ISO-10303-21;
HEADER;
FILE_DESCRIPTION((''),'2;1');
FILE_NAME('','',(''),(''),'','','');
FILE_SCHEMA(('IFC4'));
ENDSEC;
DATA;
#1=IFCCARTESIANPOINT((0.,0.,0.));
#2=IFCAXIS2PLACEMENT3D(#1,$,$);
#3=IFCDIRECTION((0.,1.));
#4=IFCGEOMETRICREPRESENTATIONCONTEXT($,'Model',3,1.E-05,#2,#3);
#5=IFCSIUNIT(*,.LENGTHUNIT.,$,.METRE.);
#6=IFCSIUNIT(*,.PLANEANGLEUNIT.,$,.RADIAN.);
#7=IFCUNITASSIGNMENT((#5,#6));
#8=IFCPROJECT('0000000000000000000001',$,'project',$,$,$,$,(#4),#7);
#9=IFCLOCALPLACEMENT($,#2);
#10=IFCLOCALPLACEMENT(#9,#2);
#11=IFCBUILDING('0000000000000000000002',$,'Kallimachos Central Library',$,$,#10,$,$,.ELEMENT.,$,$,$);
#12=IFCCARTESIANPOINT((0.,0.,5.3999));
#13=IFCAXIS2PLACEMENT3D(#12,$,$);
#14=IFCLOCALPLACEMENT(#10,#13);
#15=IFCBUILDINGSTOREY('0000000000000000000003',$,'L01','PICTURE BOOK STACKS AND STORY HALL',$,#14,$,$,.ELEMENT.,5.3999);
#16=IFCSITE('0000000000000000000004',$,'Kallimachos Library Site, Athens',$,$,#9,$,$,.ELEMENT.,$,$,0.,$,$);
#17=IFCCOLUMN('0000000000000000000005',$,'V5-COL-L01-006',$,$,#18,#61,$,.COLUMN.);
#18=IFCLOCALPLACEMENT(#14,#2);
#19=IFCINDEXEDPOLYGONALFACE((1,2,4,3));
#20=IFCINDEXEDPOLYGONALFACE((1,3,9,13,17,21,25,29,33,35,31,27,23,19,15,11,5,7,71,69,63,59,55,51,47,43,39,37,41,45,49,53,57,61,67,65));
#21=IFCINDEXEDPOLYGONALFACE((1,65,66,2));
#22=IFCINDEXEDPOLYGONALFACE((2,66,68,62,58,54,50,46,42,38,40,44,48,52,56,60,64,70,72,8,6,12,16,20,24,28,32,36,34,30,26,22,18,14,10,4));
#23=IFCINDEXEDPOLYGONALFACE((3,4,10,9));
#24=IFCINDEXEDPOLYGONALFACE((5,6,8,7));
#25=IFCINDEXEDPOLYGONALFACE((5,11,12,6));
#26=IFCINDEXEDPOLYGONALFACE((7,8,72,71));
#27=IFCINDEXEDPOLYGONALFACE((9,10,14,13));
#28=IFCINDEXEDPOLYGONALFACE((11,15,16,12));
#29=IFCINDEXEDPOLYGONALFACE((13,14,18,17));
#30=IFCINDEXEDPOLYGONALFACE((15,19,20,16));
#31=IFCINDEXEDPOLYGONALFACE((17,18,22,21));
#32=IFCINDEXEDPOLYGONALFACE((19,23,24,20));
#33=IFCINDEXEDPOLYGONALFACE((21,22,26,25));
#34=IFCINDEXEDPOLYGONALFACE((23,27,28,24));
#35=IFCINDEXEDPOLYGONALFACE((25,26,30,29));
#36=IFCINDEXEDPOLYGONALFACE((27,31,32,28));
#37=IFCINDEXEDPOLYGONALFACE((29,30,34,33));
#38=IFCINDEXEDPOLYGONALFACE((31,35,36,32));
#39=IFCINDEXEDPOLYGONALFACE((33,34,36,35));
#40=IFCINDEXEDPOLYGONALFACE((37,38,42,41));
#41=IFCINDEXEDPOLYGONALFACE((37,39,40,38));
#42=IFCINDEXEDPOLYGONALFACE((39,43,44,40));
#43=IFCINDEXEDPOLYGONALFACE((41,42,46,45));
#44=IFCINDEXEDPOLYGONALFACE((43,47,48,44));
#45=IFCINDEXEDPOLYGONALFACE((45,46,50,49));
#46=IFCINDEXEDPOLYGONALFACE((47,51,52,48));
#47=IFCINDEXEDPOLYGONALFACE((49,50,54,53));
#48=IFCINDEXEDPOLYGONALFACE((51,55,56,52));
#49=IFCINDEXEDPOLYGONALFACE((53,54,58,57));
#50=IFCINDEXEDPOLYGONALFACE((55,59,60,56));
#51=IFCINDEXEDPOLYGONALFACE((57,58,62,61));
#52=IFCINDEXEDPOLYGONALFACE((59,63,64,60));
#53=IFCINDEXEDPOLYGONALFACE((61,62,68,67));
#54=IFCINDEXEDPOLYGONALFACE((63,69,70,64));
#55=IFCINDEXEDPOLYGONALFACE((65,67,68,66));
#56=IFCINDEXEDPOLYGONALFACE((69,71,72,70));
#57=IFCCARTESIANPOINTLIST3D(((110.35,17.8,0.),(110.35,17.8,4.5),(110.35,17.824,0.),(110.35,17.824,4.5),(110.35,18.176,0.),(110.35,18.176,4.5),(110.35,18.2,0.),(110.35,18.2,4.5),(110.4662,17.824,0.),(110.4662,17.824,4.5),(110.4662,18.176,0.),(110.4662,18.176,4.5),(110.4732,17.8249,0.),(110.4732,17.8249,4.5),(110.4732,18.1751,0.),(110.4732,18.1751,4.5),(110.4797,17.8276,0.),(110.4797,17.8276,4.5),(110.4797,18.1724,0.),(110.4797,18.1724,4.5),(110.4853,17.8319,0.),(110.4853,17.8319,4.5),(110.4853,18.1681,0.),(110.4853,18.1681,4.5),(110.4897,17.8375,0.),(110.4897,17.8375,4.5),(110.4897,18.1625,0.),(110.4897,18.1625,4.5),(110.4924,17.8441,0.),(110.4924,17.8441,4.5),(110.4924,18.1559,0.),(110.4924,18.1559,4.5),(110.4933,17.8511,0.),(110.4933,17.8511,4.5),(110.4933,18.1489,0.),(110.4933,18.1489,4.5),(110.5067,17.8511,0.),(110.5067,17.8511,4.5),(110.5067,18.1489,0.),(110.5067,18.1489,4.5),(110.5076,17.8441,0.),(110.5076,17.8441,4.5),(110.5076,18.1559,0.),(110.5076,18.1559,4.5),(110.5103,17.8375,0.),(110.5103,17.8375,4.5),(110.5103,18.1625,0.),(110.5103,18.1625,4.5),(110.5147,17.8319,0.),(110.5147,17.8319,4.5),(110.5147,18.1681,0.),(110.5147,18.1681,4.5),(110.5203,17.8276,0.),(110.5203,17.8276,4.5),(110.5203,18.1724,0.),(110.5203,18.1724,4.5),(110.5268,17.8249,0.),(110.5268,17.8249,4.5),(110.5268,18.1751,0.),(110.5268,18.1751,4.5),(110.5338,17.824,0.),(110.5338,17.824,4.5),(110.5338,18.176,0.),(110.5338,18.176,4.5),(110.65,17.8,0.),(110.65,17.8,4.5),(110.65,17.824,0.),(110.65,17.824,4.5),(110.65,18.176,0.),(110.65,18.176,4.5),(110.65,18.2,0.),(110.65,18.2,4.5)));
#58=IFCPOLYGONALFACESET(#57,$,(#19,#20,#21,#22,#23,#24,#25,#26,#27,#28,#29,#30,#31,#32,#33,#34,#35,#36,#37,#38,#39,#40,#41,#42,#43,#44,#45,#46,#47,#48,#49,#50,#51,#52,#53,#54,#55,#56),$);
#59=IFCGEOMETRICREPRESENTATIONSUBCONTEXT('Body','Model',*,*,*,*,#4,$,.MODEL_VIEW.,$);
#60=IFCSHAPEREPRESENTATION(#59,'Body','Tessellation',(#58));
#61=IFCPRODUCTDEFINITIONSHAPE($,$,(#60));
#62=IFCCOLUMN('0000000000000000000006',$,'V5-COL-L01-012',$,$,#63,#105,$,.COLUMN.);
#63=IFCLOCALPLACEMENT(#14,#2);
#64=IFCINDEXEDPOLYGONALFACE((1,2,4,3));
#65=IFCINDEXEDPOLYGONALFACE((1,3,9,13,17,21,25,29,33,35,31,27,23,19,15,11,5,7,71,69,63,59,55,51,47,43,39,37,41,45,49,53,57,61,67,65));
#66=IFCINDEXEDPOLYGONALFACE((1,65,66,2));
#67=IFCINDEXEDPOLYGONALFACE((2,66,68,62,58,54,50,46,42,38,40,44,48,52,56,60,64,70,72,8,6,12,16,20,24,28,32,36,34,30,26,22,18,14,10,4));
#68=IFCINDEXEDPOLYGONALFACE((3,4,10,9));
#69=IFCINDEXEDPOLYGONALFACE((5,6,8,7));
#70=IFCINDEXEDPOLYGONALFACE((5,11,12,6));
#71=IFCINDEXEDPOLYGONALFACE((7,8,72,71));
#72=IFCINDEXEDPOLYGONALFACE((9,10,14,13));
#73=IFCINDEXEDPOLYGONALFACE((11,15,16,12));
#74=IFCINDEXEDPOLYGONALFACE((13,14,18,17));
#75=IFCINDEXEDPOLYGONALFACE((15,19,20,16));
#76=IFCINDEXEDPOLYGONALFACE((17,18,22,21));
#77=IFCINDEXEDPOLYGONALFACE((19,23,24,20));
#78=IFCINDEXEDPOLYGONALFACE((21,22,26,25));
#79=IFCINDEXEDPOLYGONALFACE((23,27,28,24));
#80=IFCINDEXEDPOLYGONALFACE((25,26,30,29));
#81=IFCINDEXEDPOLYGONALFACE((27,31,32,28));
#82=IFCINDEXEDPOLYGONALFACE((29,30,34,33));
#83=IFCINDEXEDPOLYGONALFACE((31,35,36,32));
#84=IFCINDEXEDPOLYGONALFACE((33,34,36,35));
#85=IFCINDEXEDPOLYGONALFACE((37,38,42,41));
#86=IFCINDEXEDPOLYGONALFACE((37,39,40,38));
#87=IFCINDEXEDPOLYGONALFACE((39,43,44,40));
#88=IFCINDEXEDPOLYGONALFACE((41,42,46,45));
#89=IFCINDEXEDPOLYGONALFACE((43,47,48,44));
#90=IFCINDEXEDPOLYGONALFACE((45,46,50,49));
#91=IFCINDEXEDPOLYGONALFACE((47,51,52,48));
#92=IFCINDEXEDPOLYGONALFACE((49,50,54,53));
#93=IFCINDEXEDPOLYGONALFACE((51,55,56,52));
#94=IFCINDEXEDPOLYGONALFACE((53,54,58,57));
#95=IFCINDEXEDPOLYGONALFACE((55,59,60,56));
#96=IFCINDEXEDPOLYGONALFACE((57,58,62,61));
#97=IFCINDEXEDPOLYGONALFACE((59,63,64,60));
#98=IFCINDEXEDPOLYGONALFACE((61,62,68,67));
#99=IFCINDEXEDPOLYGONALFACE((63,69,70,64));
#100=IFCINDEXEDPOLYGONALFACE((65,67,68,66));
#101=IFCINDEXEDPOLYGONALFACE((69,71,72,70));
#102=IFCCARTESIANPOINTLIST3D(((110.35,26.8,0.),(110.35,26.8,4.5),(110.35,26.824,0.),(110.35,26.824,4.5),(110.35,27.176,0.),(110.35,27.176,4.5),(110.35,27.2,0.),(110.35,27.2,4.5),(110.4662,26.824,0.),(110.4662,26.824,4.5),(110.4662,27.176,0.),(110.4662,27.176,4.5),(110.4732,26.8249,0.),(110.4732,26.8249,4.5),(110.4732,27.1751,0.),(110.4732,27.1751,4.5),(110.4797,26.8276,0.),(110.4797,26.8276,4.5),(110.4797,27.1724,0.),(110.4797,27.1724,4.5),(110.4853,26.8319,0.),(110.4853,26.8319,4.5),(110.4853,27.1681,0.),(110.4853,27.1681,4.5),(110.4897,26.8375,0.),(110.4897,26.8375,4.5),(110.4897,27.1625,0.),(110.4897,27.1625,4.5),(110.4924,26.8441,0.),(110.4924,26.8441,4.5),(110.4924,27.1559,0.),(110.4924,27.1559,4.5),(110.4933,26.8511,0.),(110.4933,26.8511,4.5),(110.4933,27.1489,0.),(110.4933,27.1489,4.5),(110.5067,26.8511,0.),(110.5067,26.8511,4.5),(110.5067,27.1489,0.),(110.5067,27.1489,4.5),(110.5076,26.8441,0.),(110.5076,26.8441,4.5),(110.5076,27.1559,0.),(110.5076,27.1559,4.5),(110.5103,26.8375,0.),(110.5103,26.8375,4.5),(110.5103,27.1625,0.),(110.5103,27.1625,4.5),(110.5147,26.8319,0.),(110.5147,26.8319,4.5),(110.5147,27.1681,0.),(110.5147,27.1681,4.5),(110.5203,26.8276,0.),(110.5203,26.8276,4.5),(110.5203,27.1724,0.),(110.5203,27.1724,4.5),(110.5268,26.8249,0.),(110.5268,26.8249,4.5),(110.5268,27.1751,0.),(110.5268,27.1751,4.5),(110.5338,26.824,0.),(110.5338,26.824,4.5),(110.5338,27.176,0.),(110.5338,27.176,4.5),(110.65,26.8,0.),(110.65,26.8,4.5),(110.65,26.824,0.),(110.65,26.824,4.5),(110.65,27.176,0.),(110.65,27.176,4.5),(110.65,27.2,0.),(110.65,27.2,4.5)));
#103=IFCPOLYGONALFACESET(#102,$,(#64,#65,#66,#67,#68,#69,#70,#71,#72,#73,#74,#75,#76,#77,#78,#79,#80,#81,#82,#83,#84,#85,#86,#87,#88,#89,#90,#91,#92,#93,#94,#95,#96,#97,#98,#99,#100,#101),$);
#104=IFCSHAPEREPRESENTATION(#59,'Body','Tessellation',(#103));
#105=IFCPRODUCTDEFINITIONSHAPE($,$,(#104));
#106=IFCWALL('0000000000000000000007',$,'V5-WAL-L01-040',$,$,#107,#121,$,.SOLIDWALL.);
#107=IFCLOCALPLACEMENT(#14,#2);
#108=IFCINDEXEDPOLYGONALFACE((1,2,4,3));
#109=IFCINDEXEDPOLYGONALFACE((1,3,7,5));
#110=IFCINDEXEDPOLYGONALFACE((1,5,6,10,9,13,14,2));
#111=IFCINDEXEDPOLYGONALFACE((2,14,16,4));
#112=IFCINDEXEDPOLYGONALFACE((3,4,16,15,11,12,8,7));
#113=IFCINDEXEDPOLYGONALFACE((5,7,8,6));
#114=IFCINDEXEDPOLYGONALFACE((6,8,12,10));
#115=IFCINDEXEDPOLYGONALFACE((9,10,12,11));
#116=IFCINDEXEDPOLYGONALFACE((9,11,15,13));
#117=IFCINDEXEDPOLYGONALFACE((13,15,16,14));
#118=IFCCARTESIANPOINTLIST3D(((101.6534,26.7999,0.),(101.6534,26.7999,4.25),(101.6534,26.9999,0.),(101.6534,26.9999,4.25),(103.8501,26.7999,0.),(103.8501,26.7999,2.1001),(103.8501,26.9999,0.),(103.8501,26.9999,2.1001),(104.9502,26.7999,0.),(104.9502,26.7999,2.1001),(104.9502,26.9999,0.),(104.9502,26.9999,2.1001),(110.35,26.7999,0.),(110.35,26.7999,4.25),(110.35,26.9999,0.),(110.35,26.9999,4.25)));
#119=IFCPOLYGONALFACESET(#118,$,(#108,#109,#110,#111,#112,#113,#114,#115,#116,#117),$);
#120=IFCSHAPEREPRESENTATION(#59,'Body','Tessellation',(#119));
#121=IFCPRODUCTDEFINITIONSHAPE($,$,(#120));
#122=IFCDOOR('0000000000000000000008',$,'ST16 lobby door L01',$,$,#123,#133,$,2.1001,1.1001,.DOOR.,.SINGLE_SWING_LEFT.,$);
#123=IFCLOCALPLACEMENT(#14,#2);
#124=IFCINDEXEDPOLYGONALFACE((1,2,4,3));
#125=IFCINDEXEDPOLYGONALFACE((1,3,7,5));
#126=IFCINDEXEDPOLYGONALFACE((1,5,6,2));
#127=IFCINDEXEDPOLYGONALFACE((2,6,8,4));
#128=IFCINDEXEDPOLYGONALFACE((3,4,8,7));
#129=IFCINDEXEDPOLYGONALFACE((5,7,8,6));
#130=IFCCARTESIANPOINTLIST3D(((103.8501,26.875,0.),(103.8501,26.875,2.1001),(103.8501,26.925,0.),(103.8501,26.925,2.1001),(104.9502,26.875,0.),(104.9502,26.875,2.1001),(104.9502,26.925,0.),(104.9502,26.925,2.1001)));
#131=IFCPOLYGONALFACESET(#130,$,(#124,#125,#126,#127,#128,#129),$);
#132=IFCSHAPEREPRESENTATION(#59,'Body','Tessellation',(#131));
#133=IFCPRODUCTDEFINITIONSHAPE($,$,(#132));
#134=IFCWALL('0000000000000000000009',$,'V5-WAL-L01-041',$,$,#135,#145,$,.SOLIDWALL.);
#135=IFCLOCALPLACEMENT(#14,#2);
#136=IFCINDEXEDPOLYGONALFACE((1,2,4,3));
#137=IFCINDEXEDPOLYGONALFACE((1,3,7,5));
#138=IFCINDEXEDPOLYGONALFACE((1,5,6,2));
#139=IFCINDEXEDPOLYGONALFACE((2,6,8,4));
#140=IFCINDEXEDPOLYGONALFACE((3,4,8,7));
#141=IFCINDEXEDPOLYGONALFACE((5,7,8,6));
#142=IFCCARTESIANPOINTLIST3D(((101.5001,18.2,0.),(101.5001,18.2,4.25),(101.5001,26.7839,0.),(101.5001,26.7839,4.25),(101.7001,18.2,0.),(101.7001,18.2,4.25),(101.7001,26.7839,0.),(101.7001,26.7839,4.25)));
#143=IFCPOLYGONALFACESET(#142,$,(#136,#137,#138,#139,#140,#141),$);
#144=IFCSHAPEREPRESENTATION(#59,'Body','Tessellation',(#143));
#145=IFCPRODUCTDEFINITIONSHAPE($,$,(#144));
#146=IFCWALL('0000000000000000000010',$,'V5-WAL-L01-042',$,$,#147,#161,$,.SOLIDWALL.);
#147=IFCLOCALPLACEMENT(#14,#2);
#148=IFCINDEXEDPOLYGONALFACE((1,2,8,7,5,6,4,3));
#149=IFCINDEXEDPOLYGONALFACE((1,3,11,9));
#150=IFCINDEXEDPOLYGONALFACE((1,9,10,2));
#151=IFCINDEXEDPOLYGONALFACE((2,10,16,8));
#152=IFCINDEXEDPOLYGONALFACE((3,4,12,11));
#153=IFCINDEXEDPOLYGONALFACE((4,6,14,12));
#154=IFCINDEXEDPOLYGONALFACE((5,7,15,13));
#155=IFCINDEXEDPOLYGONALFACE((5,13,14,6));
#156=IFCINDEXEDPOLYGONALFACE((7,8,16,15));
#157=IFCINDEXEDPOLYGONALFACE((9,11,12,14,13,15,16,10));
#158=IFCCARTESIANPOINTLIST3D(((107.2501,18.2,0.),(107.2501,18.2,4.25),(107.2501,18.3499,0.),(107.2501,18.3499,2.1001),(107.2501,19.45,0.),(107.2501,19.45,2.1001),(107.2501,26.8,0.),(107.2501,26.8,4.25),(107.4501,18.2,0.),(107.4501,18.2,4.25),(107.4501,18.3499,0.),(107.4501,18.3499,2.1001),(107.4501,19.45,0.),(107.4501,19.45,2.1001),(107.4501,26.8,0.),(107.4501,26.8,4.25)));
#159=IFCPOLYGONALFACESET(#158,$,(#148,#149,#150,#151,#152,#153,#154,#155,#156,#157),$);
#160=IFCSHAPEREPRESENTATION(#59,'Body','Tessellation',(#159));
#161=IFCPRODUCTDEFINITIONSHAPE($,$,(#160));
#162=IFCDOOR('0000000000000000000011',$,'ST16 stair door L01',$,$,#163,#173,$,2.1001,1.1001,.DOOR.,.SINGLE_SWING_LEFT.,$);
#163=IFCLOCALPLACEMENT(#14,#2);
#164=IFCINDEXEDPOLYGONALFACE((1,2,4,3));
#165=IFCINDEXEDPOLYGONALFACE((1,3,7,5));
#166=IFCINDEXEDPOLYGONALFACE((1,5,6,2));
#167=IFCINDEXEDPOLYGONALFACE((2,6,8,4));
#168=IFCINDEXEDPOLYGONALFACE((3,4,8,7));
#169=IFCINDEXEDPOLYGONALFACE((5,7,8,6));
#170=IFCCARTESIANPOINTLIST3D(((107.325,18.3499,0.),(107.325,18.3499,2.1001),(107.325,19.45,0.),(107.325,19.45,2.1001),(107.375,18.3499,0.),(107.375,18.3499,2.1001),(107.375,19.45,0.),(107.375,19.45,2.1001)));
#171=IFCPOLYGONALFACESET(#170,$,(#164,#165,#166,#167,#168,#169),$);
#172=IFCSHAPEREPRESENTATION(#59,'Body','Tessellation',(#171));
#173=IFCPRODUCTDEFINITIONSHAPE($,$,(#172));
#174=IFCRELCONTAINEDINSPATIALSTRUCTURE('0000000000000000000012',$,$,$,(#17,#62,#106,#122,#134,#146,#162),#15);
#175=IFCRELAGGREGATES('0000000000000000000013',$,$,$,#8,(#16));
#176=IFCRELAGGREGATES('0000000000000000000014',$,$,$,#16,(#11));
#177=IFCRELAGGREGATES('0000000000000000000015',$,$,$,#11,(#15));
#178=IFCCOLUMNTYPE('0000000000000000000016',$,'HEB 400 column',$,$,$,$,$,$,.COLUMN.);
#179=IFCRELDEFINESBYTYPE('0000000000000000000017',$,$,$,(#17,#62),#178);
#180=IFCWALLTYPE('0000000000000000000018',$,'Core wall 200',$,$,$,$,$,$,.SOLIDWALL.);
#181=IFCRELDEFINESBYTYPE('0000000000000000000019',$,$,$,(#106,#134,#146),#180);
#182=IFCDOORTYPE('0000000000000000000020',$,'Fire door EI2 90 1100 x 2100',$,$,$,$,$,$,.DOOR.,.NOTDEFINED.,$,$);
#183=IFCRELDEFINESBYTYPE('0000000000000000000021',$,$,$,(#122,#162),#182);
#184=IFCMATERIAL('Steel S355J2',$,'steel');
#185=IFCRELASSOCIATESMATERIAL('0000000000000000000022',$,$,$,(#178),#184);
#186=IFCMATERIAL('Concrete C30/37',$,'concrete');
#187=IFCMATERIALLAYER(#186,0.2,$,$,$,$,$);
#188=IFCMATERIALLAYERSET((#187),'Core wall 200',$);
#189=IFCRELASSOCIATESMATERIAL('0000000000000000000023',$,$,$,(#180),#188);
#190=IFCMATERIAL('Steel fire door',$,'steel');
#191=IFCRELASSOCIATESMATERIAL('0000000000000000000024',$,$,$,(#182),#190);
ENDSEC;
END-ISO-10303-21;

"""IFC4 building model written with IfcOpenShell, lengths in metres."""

from ifc_helpers import new_model, si_unit, direction, frame, frame_2d, origin, origin_2d, place, context, subcontext, project, spatial, rectangle, i_section, extrude, material, layer, layer_set, material_profile, profile_set, type_object, element, fill, save


model = new_model("IFC4")

# Units and contexts
model_context = context("Model", 3, precision=1e-05, world=origin(), true_north=direction((0.0, 1.0)))
body_context = subcontext(model_context, "Body", "Model", "MODEL_VIEW")
ifc_project = project(units=[si_unit("LENGTHUNIT", "METRE"), si_unit("PLANEANGLEUNIT", "RADIAN")], contexts=[model_context])

# Site, building, storey
site_placement = place(None, origin())
site = spatial("IfcSite", under=ifc_project, at=site_placement, Name="Kallimachos Library Site, Athens", CompositionType="ELEMENT", RefElevation=0.0)
building_placement = place(site_placement, origin())
building = spatial("IfcBuilding", under=site, at=building_placement, Name="Kallimachos Central Library", CompositionType="ELEMENT")
storey_placement = place(building_placement, frame((0.0, 0.0, 5.3999)))
storey = spatial("IfcBuildingStorey", under=building, at=storey_placement, Name="L01", Description="PICTURE BOOK STACKS AND STORY HALL", CompositionType="ELEMENT", Elevation=5.3999)

# Columns
ifc_material_1 = material(Name="Steel S355J2", Category="steel")
ifc_material_profile = material_profile(ifc_material_1, i_section(OverallWidth=0.3, OverallDepth=0.3999, WebThickness=0.0134, FlangeThickness=0.0239, FilletRadius=0.0271, at=origin_2d()), Name="HEB 400")
ifc_profile_set = profile_set([ifc_material_profile], Name="Steel S355J2")
column_type = type_object("IfcColumnType", Name="HEB 400 column", PredefinedType="COLUMN", material=ifc_profile_set)
for number, where, z_axis, x_axis, name in (
    (1, (110.5, 18.0, 0.0), (0.0, 0.0, 1.0), (1.0, 0.0, 0.0), "V5-COL-L01-006"),
    (2, (110.5, 27.0, 0.0), (0.0, 0.0, 1.0), (1.0, 0.0, 0.0), "V5-COL-L01-012"),
):
    element("IfcColumn", number, at=place(storey_placement, frame(where, z_axis=z_axis, x_axis=x_axis)), inside=storey, type_object=column_type, Name=name, PredefinedType="COLUMN", context=body_context, shape_type="SweptSolid", body=[
        extrude(i_section(OverallWidth=0.3, OverallDepth=0.3999, WebThickness=0.0134, FlangeThickness=0.0239, FilletRadius=0.0271, at=origin_2d()), origin(), (0.0, 0.0, 1.0), 4.5),
    ])

# Wall, opening, door
ifc_material_2 = material(Name="Concrete C30/37", Category="concrete")
ifc_layer_1 = layer(ifc_material_2, 0.2)
ifc_layer_set_1 = layer_set([ifc_layer_1], Name="Core wall 200")
wall_type_1 = type_object("IfcWallType", Name="Core wall 200", PredefinedType="SOLIDWALL", material=ifc_layer_set_1)
wall_1_placement = place(storey_placement, frame((101.6536, 26.8999, 0.0), z_axis=(0.0, 0.0, 1.0), x_axis=(1.0, 0.0, 0.0)))
wall_1 = element("IfcWall", 3, at=wall_1_placement, inside=storey, type_object=wall_type_1, Name="V5-WAL-L01-040", PredefinedType="SOLIDWALL", context=body_context, shape_type="SweptSolid", body=[
    extrude(rectangle(XDim=8.6965, YDim=0.2, at=frame_2d((4.3481, 0.0))), origin(), (0.0, 0.0, 1.0), 4.25),
])
opening_1_placement = place(wall_1_placement, frame((2.1965, 0.0, 0.0)))
opening_1 = element("IfcOpeningElement", 4, at=opening_1_placement, cuts=wall_1, PredefinedType="OPENING", context=body_context, shape_type="SweptSolid", body=[
    extrude(rectangle(XDim=1.1001, YDim=2.1001, at=frame_2d((0.55, 1.05))), frame((0.0, 0.1099, 0.0), z_axis=(0.0, -1.0, 0.0), x_axis=(1.0, 0.0, 0.0)), (0.0, 0.0, 1.0), 0.22),
])
ifc_material_3 = material(Name="Steel fire door", Category="steel")
door_type = type_object("IfcDoorType", Name="Fire door EI2 90 1100 x 2100", OperationType="NOTDEFINED", PredefinedType="DOOR", material=ifc_material_3)
door_1_placement = place(opening_1_placement, frame((1.1001, 0.0, 0.0), z_axis=(0.0, 0.0, 1.0), x_axis=(-1.0, 0.0, 0.0)))
door_1 = element("IfcDoor", 5, at=door_1_placement, inside=storey, type_object=door_type, Name="ST16 lobby door L01", OperationType="SINGLE_SWING_LEFT", OverallHeight=2.1001, OverallWidth=1.1001, PredefinedType="DOOR", context=body_context, shape_type="SweptSolid", body=[
    extrude(rectangle(XDim=1.1001, YDim=2.1001, at=frame_2d((0.55, 1.05))), frame((0.0, 0.0249, 0.0), z_axis=(0.0, -1.0, 0.0), x_axis=(1.0, 0.0, 0.0)), (0.0, 0.0, 1.0), 0.05),
])
fill(opening_1, door_1)

# Wall
wall_2_placement = place(storey_placement, frame((101.6001, 18.2, 0.0), z_axis=(0.0, 0.0, 1.0), x_axis=(0.0, 1.0, 0.0)))
element("IfcWall", 6, at=wall_2_placement, inside=storey, type_object=wall_type_1, Name="V5-WAL-L01-041", PredefinedType="SOLIDWALL", context=body_context, shape_type="SweptSolid", body=[
    extrude(rectangle(XDim=8.584, YDim=0.2, at=frame_2d((4.292, 0.0))), origin(), (0.0, 0.0, 1.0), 4.25),
])

# Wall, opening, door
wall_3_placement = place(storey_placement, frame((107.3501, 18.2, 0.0), z_axis=(0.0, 0.0, 1.0), x_axis=(0.0, 1.0, 0.0)))
wall_3 = element("IfcWall", 7, at=wall_3_placement, inside=storey, type_object=wall_type_1, Name="V5-WAL-L01-042", PredefinedType="SOLIDWALL", context=body_context, shape_type="SweptSolid", body=[
    extrude(rectangle(XDim=8.6001, YDim=0.2, at=frame_2d((4.3, 0.0))), origin(), (0.0, 0.0, 1.0), 4.25),
])
opening_2_placement = place(wall_3_placement, frame((0.1499, 0.0, 0.0)))
opening_2 = element("IfcOpeningElement", 8, at=opening_2_placement, cuts=wall_3, PredefinedType="OPENING", context=body_context, shape_type="SweptSolid", body=[
    extrude(rectangle(XDim=1.1001, YDim=2.1001, at=frame_2d((0.55, 1.05))), frame((0.0, 0.1099, 0.0), z_axis=(0.0, -1.0, 0.0), x_axis=(1.0, 0.0, 0.0)), (0.0, 0.0, 1.0), 0.22),
])
door_2_placement = place(opening_2_placement, frame((1.1001, 0.0, 0.0), z_axis=(0.0, 0.0, 1.0), x_axis=(-1.0, 0.0, 0.0)))
door_2 = element("IfcDoor", 9, at=door_2_placement, inside=storey, type_object=door_type, Name="ST16 stair door L01", OperationType="SINGLE_SWING_LEFT", OverallHeight=2.1001, OverallWidth=1.1001, PredefinedType="DOOR", context=body_context, shape_type="SweptSolid", body=[
    extrude(rectangle(XDim=1.1001, YDim=2.1001, at=frame_2d((0.55, 1.05))), frame((0.0, 0.0249, 0.0), z_axis=(0.0, -1.0, 0.0), x_axis=(1.0, 0.0, 0.0)), (0.0, 0.0, 1.0), 0.05),
])
fill(opening_2, door_2)

save(model, "model.ifc")
